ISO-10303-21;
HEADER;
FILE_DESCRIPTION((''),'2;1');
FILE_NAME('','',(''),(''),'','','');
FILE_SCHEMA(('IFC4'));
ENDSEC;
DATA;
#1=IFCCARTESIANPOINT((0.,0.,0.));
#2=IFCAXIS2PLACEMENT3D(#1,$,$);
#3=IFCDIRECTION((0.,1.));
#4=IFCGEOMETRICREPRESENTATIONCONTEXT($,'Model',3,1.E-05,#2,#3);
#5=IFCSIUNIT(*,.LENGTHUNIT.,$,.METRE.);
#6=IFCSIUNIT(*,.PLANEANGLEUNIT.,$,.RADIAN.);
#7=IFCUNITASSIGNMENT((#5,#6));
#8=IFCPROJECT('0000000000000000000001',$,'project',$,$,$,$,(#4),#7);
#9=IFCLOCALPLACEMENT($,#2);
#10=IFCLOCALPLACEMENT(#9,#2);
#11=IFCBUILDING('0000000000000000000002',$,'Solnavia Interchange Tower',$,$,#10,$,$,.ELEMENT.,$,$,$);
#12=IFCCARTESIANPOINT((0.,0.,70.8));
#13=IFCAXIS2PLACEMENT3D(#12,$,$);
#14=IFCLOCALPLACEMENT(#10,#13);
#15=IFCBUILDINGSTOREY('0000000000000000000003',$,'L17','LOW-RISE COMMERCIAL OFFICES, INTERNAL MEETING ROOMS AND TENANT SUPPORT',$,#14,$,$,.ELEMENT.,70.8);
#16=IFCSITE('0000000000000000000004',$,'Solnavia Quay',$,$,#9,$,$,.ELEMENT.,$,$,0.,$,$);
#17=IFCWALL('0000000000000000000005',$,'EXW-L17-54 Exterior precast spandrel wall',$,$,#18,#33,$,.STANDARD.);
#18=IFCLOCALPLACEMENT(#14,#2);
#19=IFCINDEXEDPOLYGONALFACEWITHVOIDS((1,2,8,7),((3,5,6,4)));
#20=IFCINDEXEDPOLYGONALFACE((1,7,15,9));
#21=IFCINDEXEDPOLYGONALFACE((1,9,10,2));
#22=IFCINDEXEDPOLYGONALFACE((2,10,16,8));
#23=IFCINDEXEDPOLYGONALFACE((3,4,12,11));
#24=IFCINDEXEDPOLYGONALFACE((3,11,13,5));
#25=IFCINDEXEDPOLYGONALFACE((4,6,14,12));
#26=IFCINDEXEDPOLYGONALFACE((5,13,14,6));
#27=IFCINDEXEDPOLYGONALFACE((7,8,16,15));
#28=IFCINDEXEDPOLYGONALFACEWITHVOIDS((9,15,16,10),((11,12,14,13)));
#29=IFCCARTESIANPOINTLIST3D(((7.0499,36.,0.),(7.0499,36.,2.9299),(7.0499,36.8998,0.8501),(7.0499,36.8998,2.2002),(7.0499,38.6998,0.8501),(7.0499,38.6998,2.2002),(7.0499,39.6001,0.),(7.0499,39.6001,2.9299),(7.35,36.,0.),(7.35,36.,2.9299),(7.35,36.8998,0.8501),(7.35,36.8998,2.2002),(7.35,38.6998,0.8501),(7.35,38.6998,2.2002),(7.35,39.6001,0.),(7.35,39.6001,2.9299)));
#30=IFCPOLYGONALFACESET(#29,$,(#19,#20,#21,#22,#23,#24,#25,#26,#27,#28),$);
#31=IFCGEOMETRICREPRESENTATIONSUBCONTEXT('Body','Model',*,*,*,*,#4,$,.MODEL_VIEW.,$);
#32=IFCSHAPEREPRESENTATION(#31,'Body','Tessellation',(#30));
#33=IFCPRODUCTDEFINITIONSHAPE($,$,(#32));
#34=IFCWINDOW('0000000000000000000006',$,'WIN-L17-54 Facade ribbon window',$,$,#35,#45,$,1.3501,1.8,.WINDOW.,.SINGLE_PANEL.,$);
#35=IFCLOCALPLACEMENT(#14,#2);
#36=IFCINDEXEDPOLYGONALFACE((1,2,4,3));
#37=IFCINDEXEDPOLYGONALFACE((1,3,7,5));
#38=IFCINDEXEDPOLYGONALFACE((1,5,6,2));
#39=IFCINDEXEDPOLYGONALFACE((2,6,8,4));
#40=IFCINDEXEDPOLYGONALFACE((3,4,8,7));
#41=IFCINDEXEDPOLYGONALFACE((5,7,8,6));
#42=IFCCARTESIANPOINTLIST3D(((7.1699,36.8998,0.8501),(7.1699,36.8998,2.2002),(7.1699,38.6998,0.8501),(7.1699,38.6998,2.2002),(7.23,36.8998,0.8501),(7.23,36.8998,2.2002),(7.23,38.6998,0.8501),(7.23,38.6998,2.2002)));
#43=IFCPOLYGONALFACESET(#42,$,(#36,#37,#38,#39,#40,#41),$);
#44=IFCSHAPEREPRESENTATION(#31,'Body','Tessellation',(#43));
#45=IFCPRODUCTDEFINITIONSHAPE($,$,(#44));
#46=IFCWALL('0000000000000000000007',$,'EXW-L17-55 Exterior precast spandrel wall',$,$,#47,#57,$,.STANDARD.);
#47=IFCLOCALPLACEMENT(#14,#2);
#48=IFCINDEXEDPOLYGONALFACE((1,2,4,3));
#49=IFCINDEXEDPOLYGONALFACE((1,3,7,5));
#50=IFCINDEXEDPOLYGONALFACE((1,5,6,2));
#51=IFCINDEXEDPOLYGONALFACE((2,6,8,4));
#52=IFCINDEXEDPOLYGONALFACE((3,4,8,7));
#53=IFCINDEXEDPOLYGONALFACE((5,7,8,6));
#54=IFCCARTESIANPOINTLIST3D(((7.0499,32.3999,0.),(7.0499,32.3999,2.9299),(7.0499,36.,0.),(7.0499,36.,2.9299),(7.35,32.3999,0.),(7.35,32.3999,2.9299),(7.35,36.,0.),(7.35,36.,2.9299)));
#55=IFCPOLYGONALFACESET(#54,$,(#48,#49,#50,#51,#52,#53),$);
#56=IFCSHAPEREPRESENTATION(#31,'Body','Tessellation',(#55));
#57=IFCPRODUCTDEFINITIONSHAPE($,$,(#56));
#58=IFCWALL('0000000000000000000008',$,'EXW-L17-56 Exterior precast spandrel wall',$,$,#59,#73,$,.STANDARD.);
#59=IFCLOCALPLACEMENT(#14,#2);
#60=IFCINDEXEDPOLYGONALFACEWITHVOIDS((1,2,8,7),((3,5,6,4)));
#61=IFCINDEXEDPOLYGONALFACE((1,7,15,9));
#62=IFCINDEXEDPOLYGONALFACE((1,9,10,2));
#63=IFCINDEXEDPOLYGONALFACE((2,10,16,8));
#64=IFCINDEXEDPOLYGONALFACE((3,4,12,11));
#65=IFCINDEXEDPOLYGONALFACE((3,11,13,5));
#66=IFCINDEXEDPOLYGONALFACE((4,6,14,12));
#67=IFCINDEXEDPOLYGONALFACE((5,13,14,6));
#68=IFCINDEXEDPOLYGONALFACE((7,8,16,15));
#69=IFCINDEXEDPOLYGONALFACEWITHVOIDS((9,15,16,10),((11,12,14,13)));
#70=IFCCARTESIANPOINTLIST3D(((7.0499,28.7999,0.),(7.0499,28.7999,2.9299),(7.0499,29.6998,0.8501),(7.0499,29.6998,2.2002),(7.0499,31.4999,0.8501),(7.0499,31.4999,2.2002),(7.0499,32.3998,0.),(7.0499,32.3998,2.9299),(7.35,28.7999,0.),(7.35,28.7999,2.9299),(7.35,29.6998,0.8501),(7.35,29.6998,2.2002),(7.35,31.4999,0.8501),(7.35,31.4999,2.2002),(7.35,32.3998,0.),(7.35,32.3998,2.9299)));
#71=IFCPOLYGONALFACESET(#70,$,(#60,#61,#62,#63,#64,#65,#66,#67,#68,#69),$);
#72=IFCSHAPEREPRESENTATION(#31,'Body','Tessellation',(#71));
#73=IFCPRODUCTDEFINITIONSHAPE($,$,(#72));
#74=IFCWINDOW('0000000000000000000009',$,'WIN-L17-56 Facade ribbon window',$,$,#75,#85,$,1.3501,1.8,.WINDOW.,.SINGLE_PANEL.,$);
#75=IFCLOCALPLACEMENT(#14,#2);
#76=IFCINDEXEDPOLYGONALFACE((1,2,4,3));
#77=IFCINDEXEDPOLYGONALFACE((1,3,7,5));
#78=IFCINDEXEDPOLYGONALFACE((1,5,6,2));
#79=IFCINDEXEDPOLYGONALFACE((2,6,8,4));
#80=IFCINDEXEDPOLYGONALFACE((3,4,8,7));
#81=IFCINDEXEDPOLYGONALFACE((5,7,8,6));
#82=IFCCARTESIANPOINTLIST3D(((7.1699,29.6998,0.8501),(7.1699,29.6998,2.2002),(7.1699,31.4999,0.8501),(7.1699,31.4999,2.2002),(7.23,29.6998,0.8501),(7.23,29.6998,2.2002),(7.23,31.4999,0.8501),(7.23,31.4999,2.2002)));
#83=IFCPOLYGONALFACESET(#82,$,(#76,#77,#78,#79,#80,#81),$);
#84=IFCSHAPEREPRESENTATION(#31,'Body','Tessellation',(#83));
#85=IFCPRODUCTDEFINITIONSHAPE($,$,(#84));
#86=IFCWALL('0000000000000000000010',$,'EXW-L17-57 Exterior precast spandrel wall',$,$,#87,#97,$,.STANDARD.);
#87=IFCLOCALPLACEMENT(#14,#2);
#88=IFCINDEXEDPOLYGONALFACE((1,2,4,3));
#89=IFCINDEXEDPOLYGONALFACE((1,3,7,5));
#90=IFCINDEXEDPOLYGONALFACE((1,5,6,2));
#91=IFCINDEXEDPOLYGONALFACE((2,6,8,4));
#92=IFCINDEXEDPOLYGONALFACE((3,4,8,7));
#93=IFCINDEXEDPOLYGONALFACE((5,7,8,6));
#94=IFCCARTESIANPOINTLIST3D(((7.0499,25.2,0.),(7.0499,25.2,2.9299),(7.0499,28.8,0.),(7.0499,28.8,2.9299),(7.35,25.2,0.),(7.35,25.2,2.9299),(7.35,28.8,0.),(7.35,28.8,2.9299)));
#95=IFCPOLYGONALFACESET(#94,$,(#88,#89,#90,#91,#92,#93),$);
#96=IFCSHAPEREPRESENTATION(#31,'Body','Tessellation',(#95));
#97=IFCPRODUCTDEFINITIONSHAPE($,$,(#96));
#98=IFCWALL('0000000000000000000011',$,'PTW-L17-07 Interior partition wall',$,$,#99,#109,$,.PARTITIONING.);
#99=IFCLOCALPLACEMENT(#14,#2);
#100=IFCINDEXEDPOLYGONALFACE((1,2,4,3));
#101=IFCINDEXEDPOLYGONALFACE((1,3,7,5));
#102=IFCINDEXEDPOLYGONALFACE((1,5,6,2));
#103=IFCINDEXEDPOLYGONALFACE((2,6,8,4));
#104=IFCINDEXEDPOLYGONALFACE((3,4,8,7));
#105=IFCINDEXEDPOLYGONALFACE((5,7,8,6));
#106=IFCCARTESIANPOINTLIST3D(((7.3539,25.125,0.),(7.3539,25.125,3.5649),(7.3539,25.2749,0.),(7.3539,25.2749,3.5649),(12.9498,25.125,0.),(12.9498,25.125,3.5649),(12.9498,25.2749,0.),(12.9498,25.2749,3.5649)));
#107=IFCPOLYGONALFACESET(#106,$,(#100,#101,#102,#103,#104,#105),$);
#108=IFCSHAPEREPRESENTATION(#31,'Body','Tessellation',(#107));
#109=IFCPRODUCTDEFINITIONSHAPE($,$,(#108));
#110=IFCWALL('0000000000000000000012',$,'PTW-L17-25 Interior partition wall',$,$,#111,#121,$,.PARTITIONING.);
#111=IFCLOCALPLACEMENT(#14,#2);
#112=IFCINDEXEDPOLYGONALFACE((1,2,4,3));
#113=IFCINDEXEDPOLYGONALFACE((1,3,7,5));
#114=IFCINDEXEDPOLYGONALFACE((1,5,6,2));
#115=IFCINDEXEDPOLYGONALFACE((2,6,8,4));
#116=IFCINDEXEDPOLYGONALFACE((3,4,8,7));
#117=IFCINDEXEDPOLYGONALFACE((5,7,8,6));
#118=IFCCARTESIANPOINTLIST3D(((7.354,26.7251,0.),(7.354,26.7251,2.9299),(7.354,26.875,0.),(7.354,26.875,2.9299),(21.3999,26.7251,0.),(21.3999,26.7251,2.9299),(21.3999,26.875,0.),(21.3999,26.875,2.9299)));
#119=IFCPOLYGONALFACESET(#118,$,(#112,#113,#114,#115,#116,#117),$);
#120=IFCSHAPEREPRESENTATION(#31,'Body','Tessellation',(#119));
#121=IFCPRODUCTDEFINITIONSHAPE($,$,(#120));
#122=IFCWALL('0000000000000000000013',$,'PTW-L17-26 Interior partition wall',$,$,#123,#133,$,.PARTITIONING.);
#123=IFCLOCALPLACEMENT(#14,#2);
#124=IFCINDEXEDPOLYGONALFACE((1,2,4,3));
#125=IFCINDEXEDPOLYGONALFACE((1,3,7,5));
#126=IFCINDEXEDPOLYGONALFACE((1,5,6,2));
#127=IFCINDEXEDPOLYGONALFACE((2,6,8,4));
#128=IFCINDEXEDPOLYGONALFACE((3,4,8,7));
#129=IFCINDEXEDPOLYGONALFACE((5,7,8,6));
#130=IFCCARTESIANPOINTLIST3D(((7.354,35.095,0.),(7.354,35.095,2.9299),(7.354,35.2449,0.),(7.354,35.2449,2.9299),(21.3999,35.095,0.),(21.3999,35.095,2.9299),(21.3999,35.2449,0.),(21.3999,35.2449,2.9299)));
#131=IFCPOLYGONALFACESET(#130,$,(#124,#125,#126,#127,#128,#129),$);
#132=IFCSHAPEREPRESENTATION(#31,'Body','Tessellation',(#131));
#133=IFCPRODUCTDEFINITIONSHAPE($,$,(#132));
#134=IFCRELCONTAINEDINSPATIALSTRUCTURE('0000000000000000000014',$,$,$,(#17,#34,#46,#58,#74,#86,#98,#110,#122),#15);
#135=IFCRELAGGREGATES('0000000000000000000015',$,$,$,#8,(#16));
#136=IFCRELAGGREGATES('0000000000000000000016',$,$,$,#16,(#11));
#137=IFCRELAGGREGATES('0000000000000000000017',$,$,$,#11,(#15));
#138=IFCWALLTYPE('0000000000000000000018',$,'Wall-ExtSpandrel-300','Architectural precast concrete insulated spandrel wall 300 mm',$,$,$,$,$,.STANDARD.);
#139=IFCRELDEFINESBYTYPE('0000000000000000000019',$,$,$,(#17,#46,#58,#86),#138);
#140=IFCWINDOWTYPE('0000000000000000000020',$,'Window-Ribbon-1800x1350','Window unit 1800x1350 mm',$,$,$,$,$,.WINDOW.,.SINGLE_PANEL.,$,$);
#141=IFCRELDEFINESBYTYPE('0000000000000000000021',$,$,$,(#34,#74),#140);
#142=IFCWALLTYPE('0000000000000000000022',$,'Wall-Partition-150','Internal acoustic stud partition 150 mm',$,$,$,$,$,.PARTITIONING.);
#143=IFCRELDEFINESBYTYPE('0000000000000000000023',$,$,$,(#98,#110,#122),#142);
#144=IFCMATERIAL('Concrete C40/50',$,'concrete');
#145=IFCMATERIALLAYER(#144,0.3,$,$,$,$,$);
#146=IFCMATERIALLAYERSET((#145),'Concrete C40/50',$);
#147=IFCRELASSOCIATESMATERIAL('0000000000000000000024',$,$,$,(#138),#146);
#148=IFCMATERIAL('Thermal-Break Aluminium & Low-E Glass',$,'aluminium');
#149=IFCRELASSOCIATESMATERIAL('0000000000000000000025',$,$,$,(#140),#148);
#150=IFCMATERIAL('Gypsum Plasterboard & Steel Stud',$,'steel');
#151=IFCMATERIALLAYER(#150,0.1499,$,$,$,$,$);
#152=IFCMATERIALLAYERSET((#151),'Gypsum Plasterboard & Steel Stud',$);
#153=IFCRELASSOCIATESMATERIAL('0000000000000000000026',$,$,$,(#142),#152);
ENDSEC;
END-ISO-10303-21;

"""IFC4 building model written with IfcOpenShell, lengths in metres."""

from ifc_helpers import new_model, si_unit, direction, frame, frame_2d, origin, place, context, subcontext, project, spatial, rectangle, extrude, material, layer, layer_set, type_object, element, fill, save


model = new_model("IFC4")

# Units and contexts
model_context = context("Model", 3, precision=1e-05, world=origin(), true_north=direction((0.0, 1.0)))
body_context = subcontext(model_context, "Body", "Model", "MODEL_VIEW")
ifc_project = project(units=[si_unit("LENGTHUNIT", "METRE"), si_unit("PLANEANGLEUNIT", "RADIAN")], contexts=[model_context])

# Site, building, storey
site_placement = place(None, origin())
site = spatial("IfcSite", under=ifc_project, at=site_placement, Name="Solnavia Quay", CompositionType="ELEMENT", RefElevation=0.0)
building_placement = place(site_placement, origin())
building = spatial("IfcBuilding", under=site, at=building_placement, Name="Solnavia Interchange Tower", CompositionType="ELEMENT")
storey_placement = place(building_placement, frame((0.0, 0.0, 70.8)))
storey = spatial("IfcBuildingStorey", under=building, at=storey_placement, Name="L17", Description="LOW-RISE COMMERCIAL OFFICES, INTERNAL MEETING ROOMS AND TENANT SUPPORT", CompositionType="ELEMENT", Elevation=70.8)

# Wall, opening, window
ifc_material_1 = material(Name="Concrete C40/50", Category="concrete")
ifc_layer_1 = layer(ifc_material_1, 0.3)
ifc_layer_set_1 = layer_set([ifc_layer_1], Name="Concrete C40/50")
wall_type_1 = type_object("IfcWallType", Name="Wall-ExtSpandrel-300", Description="Architectural precast concrete insulated spandrel wall 300 mm", PredefinedType="STANDARD", material=ifc_layer_set_1)
wall_1_placement = place(storey_placement, frame((7.2, 36.0, 0.0), z_axis=(0.0, 0.0, 1.0), x_axis=(0.0, 1.0, 0.0)))
wall_1 = element("IfcWall", 1, at=wall_1_placement, inside=storey, type_object=wall_type_1, Name="EXW-L17-54 Exterior precast spandrel wall", PredefinedType="STANDARD", context=body_context, shape_type="SweptSolid", body=[
    extrude(rectangle(XDim=3.6001, YDim=0.3, at=frame_2d((1.8, 0.0))), origin(), (0.0, 0.0, 1.0), 2.9299),
])
opening_1_placement = place(wall_1_placement, frame((0.8999, 0.0, 0.8501)))
opening_1 = element("IfcOpeningElement", 2, at=opening_1_placement, cuts=wall_1, PredefinedType="OPENING", context=body_context, shape_type="SweptSolid", body=[
    extrude(rectangle(XDim=1.8, YDim=1.3501, at=frame_2d((0.8999, 0.675))), frame((0.0, 0.1602, 0.0), z_axis=(0.0, -1.0, 0.0), x_axis=(1.0, 0.0, 0.0)), (0.0, 0.0, 1.0), 0.3201),
])
ifc_material_2 = material(Name="Thermal-Break Aluminium & Low-E Glass", Category="aluminium")
window_type = type_object("IfcWindowType", Name="Window-Ribbon-1800x1350", Description="Window unit 1800x1350 mm", PartitioningType="SINGLE_PANEL", PredefinedType="WINDOW", material=ifc_material_2)
window_1_placement = place(opening_1_placement, origin())
window_1 = element("IfcWindow", 3, at=window_1_placement, inside=storey, type_object=window_type, Name="WIN-L17-54 Facade ribbon window", OverallHeight=1.3501, OverallWidth=1.8, PartitioningType="SINGLE_PANEL", PredefinedType="WINDOW", context=body_context, shape_type="SweptSolid", body=[
    extrude(rectangle(XDim=1.8, YDim=1.3501, at=frame_2d((0.8999, 0.675))), frame((0.0, 0.03, 0.0), z_axis=(0.0, -1.0, 0.0), x_axis=(1.0, 0.0, 0.0)), (0.0, 0.0, 1.0), 0.0601),
])
fill(opening_1, window_1)

# Wall
wall_2_placement = place(storey_placement, frame((7.2, 32.3999, 0.0), z_axis=(0.0, 0.0, 1.0), x_axis=(0.0, 1.0, 0.0)))
element("IfcWall", 4, at=wall_2_placement, inside=storey, type_object=wall_type_1, Name="EXW-L17-55 Exterior precast spandrel wall", PredefinedType="STANDARD", context=body_context, shape_type="SweptSolid", body=[
    extrude(rectangle(XDim=3.6001, YDim=0.3, at=frame_2d((1.8, 0.0))), origin(), (0.0, 0.0, 1.0), 2.9299),
])

# Wall, opening, window
wall_3_placement = place(storey_placement, frame((7.2, 28.8, 0.0), z_axis=(0.0, 0.0, 1.0), x_axis=(0.0, 1.0, 0.0)))
wall_3 = element("IfcWall", 5, at=wall_3_placement, inside=storey, type_object=wall_type_1, Name="EXW-L17-56 Exterior precast spandrel wall", PredefinedType="STANDARD", context=body_context, shape_type="SweptSolid", body=[
    extrude(rectangle(XDim=3.5999, YDim=0.3, at=frame_2d((1.7998, 0.0))), origin(), (0.0, 0.0, 1.0), 2.9299),
])
opening_2_placement = place(wall_3_placement, frame((0.8999, 0.0, 0.8501)))
opening_2 = element("IfcOpeningElement", 6, at=opening_2_placement, cuts=wall_3, PredefinedType="OPENING", context=body_context, shape_type="SweptSolid", body=[
    extrude(rectangle(XDim=1.8, YDim=1.3501, at=frame_2d((0.8999, 0.675))), frame((0.0, 0.1602, 0.0), z_axis=(0.0, -1.0, 0.0), x_axis=(1.0, 0.0, 0.0)), (0.0, 0.0, 1.0), 0.3201),
])
window_2_placement = place(opening_2_placement, origin())
window_2 = element("IfcWindow", 7, at=window_2_placement, inside=storey, type_object=window_type, Name="WIN-L17-56 Facade ribbon window", OverallHeight=1.3501, OverallWidth=1.8, PartitioningType="SINGLE_PANEL", PredefinedType="WINDOW", context=body_context, shape_type="SweptSolid", body=[
    extrude(rectangle(XDim=1.8, YDim=1.3501, at=frame_2d((0.8999, 0.675))), frame((0.0, 0.03, 0.0), z_axis=(0.0, -1.0, 0.0), x_axis=(1.0, 0.0, 0.0)), (0.0, 0.0, 1.0), 0.0601),
])
fill(opening_2, window_2)

# Walls
wall_4_placement = place(storey_placement, frame((7.2, 25.2, 0.0), z_axis=(0.0, 0.0, 1.0), x_axis=(0.0, 1.0, 0.0)))
element("IfcWall", 8, at=wall_4_placement, inside=storey, type_object=wall_type_1, Name="EXW-L17-57 Exterior precast spandrel wall", PredefinedType="STANDARD", context=body_context, shape_type="SweptSolid", body=[
    extrude(rectangle(XDim=3.6001, YDim=0.3, at=frame_2d((1.8, 0.0))), origin(), (0.0, 0.0, 1.0), 2.9299),
])
ifc_material_3 = material(Name="Gypsum Plasterboard & Steel Stud", Category="steel")
ifc_layer_2 = layer(ifc_material_3, 0.1499)
ifc_layer_set_2 = layer_set([ifc_layer_2], Name="Gypsum Plasterboard & Steel Stud")
wall_type_2 = type_object("IfcWallType", Name="Wall-Partition-150", Description="Internal acoustic stud partition 150 mm", PredefinedType="PARTITIONING", material=ifc_layer_set_2)
wall_5_placement = place(storey_placement, frame((7.354, 25.2, 0.0), z_axis=(0.0, 0.0, 1.0), x_axis=(1.0, 0.0, 0.0)))
element("IfcWall", 9, at=wall_5_placement, inside=storey, type_object=wall_type_2, Name="PTW-L17-07 Interior partition wall", PredefinedType="PARTITIONING", context=body_context, shape_type="SweptSolid", body=[
    extrude(rectangle(XDim=5.5959, YDim=0.1499, at=frame_2d((2.7979, 0.0))), origin(), (0.0, 0.0, 1.0), 3.5649),
])
for number, where, z_axis, x_axis, name in (
    (10, (7.354, 26.8, 0.0), (0.0, 0.0, 1.0), (1.0, 0.0, 0.0), "PTW-L17-25 Interior partition wall"),
    (11, (7.354, 35.1699, 0.0), (0.0, 0.0, 1.0), (1.0, 0.0, 0.0), "PTW-L17-26 Interior partition wall"),
):
    element("IfcWall", number, at=place(storey_placement, frame(where, z_axis=z_axis, x_axis=x_axis)), inside=storey, type_object=wall_type_2, Name=name, PredefinedType="PARTITIONING", context=body_context, shape_type="SweptSolid", body=[
        extrude(rectangle(XDim=14.0459, YDim=0.1499, at=frame_2d((7.0229, 0.0))), origin(), (0.0, 0.0, 1.0), 2.9299),
    ])

save(model, "model.ifc")
